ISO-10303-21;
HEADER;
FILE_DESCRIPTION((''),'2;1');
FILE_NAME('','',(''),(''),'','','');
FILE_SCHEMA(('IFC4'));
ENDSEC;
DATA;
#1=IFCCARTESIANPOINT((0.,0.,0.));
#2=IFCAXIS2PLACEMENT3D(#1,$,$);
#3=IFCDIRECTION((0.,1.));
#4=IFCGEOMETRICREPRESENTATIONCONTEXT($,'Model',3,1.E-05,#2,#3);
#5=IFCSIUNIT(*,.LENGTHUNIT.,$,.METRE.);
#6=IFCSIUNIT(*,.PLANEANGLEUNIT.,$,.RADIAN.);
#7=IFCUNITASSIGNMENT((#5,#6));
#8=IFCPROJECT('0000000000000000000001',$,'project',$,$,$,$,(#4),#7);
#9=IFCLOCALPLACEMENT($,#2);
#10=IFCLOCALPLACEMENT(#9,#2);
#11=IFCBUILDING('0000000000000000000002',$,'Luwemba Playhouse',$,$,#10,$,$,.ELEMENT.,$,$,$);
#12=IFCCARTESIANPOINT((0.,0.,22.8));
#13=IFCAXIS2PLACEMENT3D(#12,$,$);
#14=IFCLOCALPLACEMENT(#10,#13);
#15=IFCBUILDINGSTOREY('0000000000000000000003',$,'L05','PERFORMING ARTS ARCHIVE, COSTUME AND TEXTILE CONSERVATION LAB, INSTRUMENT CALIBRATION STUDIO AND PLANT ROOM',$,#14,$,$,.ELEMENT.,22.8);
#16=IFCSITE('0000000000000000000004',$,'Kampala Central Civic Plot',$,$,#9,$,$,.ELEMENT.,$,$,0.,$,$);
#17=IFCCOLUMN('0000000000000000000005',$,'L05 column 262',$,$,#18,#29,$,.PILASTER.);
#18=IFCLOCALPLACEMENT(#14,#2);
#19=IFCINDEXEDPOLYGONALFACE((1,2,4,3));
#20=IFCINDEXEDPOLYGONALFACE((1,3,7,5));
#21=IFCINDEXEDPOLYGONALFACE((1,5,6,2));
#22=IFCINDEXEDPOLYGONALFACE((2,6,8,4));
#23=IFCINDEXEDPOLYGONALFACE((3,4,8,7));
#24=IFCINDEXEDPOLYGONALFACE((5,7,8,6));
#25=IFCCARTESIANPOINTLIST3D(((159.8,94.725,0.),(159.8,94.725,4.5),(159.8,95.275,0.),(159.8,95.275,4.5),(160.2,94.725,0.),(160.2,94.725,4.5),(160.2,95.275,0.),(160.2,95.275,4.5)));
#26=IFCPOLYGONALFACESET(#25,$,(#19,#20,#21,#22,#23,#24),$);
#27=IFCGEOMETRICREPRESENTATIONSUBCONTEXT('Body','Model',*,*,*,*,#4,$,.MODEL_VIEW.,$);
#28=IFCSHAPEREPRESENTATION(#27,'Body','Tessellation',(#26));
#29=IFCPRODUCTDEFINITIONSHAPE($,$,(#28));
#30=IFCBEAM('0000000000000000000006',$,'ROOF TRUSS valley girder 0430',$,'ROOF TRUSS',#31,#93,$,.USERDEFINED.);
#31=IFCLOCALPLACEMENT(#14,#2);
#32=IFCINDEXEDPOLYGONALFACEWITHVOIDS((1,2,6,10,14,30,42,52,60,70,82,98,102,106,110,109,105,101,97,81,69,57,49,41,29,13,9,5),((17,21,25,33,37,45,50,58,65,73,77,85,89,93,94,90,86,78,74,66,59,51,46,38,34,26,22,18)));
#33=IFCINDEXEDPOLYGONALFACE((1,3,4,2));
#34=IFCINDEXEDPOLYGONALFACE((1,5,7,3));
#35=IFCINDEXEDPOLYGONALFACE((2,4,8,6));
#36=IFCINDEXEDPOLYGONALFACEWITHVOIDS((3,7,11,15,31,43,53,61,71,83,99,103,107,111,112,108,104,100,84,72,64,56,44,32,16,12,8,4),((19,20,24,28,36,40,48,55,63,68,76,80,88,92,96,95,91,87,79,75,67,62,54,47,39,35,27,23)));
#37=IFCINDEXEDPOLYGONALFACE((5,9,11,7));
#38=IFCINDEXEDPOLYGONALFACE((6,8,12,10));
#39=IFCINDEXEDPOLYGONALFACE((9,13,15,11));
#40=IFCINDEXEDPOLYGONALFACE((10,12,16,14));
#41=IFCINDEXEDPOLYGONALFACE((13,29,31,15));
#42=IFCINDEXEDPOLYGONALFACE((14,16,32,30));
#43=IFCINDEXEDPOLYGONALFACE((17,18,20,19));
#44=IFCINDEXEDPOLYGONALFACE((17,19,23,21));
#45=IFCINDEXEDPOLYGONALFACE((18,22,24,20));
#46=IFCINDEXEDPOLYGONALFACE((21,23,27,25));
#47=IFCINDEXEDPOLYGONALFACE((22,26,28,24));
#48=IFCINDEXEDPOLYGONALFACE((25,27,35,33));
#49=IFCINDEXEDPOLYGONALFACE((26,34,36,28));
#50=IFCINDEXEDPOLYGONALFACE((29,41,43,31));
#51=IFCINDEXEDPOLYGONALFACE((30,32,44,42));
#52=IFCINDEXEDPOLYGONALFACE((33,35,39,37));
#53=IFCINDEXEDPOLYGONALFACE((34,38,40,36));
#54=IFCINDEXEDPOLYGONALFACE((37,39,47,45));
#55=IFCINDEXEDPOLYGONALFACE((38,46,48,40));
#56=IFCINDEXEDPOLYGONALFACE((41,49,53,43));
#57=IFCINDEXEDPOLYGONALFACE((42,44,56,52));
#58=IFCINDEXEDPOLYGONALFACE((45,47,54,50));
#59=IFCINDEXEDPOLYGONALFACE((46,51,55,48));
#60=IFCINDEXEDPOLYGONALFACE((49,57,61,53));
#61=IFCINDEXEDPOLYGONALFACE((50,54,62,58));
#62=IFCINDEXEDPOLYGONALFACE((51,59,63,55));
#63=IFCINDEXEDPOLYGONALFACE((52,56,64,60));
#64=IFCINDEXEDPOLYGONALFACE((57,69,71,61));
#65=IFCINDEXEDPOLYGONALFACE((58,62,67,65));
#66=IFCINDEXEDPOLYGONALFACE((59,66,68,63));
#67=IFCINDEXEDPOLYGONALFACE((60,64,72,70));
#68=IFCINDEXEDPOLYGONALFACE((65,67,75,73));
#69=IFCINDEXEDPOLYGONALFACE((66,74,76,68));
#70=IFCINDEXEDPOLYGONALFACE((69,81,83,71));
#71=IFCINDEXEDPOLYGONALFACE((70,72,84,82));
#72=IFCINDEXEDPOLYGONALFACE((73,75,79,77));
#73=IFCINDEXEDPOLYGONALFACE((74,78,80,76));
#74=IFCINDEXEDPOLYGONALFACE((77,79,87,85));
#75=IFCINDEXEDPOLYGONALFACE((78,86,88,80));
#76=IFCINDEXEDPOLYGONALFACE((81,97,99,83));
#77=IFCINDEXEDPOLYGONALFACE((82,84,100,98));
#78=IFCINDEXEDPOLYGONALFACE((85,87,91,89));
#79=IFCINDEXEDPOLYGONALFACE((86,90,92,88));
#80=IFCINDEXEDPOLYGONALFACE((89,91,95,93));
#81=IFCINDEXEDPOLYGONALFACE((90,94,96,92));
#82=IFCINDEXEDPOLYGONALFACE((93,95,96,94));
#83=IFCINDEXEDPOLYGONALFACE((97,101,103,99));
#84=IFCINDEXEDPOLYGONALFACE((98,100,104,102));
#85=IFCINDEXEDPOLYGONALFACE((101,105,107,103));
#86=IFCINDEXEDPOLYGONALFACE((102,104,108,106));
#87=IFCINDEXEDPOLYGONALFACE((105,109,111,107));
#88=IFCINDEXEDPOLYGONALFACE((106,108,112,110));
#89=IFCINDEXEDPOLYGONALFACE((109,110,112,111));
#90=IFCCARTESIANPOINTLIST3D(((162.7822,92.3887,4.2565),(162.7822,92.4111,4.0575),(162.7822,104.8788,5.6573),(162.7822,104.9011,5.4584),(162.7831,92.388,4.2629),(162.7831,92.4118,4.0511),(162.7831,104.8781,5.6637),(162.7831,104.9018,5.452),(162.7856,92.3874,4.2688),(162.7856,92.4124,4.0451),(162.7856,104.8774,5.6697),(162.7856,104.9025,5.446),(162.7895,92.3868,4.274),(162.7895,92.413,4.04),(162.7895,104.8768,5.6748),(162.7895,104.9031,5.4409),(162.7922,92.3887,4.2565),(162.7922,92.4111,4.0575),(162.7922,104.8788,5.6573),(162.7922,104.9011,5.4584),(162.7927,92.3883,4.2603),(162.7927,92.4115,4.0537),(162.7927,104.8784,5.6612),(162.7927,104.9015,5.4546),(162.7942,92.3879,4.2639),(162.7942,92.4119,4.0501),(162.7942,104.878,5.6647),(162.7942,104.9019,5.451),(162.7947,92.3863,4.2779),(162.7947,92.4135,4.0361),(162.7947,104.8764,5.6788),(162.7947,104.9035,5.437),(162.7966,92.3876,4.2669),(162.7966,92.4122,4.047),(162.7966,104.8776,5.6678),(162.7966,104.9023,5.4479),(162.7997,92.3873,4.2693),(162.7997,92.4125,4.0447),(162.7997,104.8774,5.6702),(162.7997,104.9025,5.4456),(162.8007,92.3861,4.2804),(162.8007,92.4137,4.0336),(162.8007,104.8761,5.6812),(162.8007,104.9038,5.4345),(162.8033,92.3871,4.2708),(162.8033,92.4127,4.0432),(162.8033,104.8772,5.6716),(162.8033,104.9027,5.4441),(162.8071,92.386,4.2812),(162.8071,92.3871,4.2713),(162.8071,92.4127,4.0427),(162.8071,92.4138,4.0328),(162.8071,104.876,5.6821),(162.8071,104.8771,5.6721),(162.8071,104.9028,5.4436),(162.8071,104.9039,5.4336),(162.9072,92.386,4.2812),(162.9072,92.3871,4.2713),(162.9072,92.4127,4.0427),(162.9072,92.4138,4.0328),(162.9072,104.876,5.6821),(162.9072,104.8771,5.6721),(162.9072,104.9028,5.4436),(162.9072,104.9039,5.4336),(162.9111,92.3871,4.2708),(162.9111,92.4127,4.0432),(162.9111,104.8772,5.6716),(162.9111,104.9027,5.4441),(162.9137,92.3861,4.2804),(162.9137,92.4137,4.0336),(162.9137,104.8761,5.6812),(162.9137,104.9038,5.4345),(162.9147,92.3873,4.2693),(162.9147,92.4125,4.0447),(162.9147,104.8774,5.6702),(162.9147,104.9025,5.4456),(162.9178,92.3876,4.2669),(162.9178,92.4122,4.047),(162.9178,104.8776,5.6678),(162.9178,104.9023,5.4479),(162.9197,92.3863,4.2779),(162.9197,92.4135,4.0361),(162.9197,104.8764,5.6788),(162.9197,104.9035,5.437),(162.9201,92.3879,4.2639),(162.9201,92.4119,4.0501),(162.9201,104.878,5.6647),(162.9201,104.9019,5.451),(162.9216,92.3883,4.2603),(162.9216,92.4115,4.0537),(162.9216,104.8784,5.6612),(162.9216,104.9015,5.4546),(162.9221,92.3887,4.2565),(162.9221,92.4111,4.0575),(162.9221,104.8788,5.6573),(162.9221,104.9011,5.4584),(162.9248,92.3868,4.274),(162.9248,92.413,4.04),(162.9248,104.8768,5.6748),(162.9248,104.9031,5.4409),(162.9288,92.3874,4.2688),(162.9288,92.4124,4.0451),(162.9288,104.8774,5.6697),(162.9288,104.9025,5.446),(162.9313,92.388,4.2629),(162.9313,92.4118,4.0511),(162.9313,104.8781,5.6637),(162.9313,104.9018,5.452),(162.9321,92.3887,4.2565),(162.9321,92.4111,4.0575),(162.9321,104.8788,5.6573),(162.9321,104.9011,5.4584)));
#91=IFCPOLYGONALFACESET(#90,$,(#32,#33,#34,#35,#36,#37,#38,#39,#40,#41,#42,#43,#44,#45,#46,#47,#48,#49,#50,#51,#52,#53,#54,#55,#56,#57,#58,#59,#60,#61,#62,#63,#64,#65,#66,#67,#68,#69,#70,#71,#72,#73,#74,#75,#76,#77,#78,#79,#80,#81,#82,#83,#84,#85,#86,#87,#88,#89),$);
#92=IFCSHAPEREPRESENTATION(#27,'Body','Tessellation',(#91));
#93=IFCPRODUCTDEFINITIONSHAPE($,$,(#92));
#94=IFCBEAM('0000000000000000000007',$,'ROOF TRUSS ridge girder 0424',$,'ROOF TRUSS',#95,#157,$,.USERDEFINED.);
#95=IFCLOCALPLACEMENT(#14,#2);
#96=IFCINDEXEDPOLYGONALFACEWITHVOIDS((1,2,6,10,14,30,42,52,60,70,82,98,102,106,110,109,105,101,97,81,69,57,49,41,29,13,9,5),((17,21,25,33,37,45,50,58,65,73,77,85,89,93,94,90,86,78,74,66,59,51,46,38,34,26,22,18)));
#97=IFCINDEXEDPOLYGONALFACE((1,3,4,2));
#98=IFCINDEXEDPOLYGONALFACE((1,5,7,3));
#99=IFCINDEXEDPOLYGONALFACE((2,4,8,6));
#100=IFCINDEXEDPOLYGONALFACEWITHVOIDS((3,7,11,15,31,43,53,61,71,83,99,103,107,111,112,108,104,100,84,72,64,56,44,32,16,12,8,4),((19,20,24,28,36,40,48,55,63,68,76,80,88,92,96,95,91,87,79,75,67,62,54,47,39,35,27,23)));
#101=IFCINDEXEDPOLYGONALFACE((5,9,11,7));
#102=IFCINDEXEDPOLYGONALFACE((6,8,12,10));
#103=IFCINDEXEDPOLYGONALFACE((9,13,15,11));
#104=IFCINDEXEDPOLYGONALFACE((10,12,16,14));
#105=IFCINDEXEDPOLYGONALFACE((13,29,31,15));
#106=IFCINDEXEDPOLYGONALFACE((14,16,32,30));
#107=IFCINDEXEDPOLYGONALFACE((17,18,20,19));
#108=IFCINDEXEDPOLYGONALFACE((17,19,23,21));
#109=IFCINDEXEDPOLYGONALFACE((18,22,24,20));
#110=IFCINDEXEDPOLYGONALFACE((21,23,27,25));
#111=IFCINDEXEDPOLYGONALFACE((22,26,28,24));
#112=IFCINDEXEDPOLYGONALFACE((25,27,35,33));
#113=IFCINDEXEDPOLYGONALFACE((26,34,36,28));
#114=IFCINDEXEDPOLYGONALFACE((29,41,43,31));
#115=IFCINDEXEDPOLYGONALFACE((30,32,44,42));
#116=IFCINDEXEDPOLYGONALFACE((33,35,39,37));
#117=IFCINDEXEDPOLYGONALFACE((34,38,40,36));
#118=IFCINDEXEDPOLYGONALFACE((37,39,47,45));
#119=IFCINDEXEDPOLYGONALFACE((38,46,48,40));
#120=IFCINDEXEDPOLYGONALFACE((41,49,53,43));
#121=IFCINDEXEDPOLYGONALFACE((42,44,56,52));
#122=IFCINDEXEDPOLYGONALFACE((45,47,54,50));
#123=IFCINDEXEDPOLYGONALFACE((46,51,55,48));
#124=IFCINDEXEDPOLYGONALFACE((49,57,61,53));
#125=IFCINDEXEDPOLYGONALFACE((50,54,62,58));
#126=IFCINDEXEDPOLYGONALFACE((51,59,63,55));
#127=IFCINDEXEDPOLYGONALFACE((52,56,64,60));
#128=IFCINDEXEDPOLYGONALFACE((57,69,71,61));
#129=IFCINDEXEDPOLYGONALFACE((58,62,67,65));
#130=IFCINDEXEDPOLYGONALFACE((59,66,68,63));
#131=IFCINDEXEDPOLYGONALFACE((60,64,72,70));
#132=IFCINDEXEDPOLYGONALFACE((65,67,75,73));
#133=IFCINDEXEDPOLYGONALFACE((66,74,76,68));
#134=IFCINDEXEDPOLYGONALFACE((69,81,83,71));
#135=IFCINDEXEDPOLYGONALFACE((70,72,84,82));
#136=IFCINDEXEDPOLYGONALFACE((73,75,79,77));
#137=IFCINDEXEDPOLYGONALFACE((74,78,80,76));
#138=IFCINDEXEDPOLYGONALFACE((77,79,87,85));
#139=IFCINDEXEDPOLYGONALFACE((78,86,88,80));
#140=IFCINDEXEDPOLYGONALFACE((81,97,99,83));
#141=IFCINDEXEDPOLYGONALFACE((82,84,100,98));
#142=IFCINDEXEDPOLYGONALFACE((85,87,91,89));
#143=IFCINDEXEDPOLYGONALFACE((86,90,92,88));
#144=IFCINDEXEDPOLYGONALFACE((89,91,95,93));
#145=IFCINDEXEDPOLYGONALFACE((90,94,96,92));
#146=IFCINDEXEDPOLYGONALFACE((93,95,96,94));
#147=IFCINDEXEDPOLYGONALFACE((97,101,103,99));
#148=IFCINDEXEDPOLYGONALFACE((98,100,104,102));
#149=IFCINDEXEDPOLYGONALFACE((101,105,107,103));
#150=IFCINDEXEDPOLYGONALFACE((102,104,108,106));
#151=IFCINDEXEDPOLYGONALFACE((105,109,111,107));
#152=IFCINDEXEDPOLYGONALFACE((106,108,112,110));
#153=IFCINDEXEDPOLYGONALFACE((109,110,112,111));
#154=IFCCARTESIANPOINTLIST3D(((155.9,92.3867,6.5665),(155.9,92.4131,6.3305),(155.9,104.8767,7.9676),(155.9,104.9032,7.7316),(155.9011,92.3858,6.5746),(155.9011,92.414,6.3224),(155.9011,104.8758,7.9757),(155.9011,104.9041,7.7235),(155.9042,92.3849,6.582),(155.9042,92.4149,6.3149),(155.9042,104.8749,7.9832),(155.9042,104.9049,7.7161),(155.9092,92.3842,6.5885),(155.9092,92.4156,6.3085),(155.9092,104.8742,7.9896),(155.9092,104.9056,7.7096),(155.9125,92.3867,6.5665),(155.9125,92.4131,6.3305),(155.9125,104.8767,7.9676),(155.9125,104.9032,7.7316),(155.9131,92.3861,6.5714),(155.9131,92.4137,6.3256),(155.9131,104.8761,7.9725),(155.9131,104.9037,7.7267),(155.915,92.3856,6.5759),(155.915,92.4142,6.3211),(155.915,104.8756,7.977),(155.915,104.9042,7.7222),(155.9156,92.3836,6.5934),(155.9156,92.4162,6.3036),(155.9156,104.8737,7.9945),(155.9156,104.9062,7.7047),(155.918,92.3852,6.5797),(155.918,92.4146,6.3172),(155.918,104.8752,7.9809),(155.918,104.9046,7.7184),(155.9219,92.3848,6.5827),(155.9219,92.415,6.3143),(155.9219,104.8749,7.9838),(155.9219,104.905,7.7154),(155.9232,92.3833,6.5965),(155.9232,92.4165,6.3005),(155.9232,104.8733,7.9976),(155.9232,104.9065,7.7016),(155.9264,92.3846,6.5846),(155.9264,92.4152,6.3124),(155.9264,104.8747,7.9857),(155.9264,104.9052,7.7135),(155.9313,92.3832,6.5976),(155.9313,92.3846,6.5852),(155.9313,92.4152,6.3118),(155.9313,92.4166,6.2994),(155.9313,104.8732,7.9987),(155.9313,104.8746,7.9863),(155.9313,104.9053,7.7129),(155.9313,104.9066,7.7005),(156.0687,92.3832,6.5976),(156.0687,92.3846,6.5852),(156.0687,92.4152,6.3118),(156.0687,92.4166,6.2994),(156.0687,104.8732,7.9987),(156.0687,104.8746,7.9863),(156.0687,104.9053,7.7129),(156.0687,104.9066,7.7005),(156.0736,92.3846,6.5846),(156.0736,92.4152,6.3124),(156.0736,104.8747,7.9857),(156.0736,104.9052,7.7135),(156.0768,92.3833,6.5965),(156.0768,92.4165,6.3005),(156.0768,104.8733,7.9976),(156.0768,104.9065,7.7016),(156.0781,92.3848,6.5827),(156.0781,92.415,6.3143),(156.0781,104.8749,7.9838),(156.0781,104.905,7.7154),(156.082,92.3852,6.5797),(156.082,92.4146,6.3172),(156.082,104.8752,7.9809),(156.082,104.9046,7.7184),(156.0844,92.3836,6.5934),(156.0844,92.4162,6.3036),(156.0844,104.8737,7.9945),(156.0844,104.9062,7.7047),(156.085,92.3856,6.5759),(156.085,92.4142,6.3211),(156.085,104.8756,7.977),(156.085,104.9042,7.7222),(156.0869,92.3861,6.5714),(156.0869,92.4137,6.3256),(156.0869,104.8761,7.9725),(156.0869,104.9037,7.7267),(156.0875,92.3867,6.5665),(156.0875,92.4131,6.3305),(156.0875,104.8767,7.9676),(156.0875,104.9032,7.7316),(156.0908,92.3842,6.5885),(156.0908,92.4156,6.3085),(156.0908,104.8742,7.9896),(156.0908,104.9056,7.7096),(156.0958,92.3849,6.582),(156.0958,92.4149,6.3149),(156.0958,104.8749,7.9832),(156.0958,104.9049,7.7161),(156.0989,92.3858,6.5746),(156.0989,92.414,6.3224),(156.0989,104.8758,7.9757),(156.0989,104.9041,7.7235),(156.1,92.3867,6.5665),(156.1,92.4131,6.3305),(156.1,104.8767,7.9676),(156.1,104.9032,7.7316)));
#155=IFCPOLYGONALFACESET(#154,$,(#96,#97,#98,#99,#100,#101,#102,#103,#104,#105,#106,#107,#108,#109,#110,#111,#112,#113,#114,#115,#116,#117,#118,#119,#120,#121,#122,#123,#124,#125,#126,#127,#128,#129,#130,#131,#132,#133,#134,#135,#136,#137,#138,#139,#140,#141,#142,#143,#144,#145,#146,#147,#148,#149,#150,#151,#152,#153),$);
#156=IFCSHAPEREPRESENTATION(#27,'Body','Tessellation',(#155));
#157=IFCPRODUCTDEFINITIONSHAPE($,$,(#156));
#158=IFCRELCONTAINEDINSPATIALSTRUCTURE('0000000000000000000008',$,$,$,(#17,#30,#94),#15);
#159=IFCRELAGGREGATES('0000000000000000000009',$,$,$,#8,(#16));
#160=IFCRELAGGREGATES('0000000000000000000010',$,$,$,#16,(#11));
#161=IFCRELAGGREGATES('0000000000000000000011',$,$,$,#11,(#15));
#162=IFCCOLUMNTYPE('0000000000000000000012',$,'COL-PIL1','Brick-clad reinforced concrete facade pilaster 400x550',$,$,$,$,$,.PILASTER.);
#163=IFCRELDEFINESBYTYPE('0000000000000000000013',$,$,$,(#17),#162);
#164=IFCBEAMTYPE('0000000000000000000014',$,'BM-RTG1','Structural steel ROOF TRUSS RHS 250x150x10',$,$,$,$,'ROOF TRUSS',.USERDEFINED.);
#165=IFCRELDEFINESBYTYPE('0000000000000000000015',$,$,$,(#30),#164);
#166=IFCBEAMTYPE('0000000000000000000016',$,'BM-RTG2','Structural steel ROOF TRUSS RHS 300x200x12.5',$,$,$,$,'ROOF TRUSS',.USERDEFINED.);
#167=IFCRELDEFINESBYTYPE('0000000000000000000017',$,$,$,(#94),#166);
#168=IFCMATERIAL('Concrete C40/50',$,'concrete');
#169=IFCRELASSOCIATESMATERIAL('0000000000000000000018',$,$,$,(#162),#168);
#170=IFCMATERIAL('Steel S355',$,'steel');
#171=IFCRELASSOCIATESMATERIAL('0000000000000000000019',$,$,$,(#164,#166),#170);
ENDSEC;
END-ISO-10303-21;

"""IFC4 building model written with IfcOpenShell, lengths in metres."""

from ifc_helpers import new_model, si_unit, direction, frame, origin, origin_2d, place, context, subcontext, project, spatial, rectangle, hollow_rectangle, extrude, material, material_profile, profile_set, type_object, element, save


model = new_model("IFC4")

# Units and contexts
model_context = context("Model", 3, precision=1e-05, world=origin(), true_north=direction((0.0, 1.0)))
body_context = subcontext(model_context, "Body", "Model", "MODEL_VIEW")
ifc_project = project(units=[si_unit("LENGTHUNIT", "METRE"), si_unit("PLANEANGLEUNIT", "RADIAN")], contexts=[model_context])

# Site, building, storey
site_placement = place(None, origin())
site = spatial("IfcSite", under=ifc_project, at=site_placement, Name="Kampala Central Civic Plot", CompositionType="ELEMENT", RefElevation=0.0)
building_placement = place(site_placement, origin())
building = spatial("IfcBuilding", under=site, at=building_placement, Name="Luwemba Playhouse", CompositionType="ELEMENT")
storey_placement = place(building_placement, frame((0.0, 0.0, 22.8)))
storey = spatial("IfcBuildingStorey", under=building, at=storey_placement, Name="L05", Description="PERFORMING ARTS ARCHIVE, COSTUME AND TEXTILE CONSERVATION LAB, INSTRUMENT CALIBRATION STUDIO AND PLANT ROOM", CompositionType="ELEMENT", Elevation=22.8)

# Column
ifc_material_1 = material(Name="Concrete C40/50", Category="concrete")
ifc_material_profile_1 = material_profile(ifc_material_1, rectangle(XDim=0.3999, YDim=0.55, at=origin_2d()))
ifc_profile_set_1 = profile_set([ifc_material_profile_1], Name="Concrete C40/50")
column_type = type_object("IfcColumnType", Name="COL-PIL1", Description="Brick-clad reinforced concrete facade pilaster 400x550", PredefinedType="PILASTER", material=ifc_profile_set_1)
column_placement = place(storey_placement, frame((160.0, 95.0, 0.0), z_axis=(0.0, 0.0, 1.0), x_axis=(1.0, 0.0, 0.0)))
element("IfcColumn", 1, at=column_placement, inside=storey, type_object=column_type, Name="L05 column 262", PredefinedType="PILASTER", context=body_context, shape_type="SweptSolid", body=[
    extrude(rectangle(XDim=0.3999, YDim=0.55, at=origin_2d()), origin(), (0.0, 0.0, 1.0), 4.5),
])

# Beams
ifc_material_2 = material(Name="Steel S355", Category="steel")
ifc_material_profile_2 = material_profile(ifc_material_2, hollow_rectangle(XDim=0.1499, YDim=0.25, WallThickness=0.01, InnerFilletRadius=0.0149, OuterFilletRadius=0.0249, at=origin_2d()))
ifc_profile_set_2 = profile_set([ifc_material_profile_2], Name="Steel S355")
beam_type_1 = type_object("IfcBeamType", Name="BM-RTG1", Description="Structural steel ROOF TRUSS RHS 250x150x10", ElementType="ROOF TRUSS", PredefinedType="USERDEFINED", material=ifc_profile_set_2)
beam_1_placement = place(storey_placement, frame((162.8572, 92.3999, 4.157), z_axis=(0.0, 0.993769, 0.111461), x_axis=(-1.0, 0.0, 0.0)))
element("IfcBeam", 2, at=beam_1_placement, inside=storey, type_object=beam_type_1, Name="ROOF TRUSS valley girder 0430", ObjectType="ROOF TRUSS", PredefinedType="USERDEFINED", context=body_context, shape_type="SweptSolid", body=[
    extrude(hollow_rectangle(XDim=0.1499, YDim=0.25, WallThickness=0.01, InnerFilletRadius=0.0149, OuterFilletRadius=0.0249, at=origin_2d()), origin(), (0.0, 0.0, 1.0), 12.5684),
])
ifc_material_profile_3 = material_profile(ifc_material_2, hollow_rectangle(XDim=0.2, YDim=0.3, WallThickness=0.0125, InnerFilletRadius=0.0188, OuterFilletRadius=0.0312, at=origin_2d()))
ifc_profile_set_3 = profile_set([ifc_material_profile_3], Name="Steel S355")
beam_type_2 = type_object("IfcBeamType", Name="BM-RTG2", Description="Structural steel ROOF TRUSS RHS 300x200x12.5", ElementType="ROOF TRUSS", PredefinedType="USERDEFINED", material=ifc_profile_set_3)
beam_2_placement = place(storey_placement, frame((156.0, 92.3999, 6.4485), z_axis=(0.0, 0.993767, 0.11148), x_axis=(-1.0, 0.0, 0.0)))
element("IfcBeam", 3, at=beam_2_placement, inside=storey, type_object=beam_type_2, Name="ROOF TRUSS ridge girder 0424", ObjectType="ROOF TRUSS", PredefinedType="USERDEFINED", context=body_context, shape_type="SweptSolid", body=[
    extrude(hollow_rectangle(XDim=0.2, YDim=0.3, WallThickness=0.0125, InnerFilletRadius=0.0188, OuterFilletRadius=0.0312, at=origin_2d()), origin(), (0.0, 0.0, 1.0), 12.5684),
])

save(model, "model.ifc")
